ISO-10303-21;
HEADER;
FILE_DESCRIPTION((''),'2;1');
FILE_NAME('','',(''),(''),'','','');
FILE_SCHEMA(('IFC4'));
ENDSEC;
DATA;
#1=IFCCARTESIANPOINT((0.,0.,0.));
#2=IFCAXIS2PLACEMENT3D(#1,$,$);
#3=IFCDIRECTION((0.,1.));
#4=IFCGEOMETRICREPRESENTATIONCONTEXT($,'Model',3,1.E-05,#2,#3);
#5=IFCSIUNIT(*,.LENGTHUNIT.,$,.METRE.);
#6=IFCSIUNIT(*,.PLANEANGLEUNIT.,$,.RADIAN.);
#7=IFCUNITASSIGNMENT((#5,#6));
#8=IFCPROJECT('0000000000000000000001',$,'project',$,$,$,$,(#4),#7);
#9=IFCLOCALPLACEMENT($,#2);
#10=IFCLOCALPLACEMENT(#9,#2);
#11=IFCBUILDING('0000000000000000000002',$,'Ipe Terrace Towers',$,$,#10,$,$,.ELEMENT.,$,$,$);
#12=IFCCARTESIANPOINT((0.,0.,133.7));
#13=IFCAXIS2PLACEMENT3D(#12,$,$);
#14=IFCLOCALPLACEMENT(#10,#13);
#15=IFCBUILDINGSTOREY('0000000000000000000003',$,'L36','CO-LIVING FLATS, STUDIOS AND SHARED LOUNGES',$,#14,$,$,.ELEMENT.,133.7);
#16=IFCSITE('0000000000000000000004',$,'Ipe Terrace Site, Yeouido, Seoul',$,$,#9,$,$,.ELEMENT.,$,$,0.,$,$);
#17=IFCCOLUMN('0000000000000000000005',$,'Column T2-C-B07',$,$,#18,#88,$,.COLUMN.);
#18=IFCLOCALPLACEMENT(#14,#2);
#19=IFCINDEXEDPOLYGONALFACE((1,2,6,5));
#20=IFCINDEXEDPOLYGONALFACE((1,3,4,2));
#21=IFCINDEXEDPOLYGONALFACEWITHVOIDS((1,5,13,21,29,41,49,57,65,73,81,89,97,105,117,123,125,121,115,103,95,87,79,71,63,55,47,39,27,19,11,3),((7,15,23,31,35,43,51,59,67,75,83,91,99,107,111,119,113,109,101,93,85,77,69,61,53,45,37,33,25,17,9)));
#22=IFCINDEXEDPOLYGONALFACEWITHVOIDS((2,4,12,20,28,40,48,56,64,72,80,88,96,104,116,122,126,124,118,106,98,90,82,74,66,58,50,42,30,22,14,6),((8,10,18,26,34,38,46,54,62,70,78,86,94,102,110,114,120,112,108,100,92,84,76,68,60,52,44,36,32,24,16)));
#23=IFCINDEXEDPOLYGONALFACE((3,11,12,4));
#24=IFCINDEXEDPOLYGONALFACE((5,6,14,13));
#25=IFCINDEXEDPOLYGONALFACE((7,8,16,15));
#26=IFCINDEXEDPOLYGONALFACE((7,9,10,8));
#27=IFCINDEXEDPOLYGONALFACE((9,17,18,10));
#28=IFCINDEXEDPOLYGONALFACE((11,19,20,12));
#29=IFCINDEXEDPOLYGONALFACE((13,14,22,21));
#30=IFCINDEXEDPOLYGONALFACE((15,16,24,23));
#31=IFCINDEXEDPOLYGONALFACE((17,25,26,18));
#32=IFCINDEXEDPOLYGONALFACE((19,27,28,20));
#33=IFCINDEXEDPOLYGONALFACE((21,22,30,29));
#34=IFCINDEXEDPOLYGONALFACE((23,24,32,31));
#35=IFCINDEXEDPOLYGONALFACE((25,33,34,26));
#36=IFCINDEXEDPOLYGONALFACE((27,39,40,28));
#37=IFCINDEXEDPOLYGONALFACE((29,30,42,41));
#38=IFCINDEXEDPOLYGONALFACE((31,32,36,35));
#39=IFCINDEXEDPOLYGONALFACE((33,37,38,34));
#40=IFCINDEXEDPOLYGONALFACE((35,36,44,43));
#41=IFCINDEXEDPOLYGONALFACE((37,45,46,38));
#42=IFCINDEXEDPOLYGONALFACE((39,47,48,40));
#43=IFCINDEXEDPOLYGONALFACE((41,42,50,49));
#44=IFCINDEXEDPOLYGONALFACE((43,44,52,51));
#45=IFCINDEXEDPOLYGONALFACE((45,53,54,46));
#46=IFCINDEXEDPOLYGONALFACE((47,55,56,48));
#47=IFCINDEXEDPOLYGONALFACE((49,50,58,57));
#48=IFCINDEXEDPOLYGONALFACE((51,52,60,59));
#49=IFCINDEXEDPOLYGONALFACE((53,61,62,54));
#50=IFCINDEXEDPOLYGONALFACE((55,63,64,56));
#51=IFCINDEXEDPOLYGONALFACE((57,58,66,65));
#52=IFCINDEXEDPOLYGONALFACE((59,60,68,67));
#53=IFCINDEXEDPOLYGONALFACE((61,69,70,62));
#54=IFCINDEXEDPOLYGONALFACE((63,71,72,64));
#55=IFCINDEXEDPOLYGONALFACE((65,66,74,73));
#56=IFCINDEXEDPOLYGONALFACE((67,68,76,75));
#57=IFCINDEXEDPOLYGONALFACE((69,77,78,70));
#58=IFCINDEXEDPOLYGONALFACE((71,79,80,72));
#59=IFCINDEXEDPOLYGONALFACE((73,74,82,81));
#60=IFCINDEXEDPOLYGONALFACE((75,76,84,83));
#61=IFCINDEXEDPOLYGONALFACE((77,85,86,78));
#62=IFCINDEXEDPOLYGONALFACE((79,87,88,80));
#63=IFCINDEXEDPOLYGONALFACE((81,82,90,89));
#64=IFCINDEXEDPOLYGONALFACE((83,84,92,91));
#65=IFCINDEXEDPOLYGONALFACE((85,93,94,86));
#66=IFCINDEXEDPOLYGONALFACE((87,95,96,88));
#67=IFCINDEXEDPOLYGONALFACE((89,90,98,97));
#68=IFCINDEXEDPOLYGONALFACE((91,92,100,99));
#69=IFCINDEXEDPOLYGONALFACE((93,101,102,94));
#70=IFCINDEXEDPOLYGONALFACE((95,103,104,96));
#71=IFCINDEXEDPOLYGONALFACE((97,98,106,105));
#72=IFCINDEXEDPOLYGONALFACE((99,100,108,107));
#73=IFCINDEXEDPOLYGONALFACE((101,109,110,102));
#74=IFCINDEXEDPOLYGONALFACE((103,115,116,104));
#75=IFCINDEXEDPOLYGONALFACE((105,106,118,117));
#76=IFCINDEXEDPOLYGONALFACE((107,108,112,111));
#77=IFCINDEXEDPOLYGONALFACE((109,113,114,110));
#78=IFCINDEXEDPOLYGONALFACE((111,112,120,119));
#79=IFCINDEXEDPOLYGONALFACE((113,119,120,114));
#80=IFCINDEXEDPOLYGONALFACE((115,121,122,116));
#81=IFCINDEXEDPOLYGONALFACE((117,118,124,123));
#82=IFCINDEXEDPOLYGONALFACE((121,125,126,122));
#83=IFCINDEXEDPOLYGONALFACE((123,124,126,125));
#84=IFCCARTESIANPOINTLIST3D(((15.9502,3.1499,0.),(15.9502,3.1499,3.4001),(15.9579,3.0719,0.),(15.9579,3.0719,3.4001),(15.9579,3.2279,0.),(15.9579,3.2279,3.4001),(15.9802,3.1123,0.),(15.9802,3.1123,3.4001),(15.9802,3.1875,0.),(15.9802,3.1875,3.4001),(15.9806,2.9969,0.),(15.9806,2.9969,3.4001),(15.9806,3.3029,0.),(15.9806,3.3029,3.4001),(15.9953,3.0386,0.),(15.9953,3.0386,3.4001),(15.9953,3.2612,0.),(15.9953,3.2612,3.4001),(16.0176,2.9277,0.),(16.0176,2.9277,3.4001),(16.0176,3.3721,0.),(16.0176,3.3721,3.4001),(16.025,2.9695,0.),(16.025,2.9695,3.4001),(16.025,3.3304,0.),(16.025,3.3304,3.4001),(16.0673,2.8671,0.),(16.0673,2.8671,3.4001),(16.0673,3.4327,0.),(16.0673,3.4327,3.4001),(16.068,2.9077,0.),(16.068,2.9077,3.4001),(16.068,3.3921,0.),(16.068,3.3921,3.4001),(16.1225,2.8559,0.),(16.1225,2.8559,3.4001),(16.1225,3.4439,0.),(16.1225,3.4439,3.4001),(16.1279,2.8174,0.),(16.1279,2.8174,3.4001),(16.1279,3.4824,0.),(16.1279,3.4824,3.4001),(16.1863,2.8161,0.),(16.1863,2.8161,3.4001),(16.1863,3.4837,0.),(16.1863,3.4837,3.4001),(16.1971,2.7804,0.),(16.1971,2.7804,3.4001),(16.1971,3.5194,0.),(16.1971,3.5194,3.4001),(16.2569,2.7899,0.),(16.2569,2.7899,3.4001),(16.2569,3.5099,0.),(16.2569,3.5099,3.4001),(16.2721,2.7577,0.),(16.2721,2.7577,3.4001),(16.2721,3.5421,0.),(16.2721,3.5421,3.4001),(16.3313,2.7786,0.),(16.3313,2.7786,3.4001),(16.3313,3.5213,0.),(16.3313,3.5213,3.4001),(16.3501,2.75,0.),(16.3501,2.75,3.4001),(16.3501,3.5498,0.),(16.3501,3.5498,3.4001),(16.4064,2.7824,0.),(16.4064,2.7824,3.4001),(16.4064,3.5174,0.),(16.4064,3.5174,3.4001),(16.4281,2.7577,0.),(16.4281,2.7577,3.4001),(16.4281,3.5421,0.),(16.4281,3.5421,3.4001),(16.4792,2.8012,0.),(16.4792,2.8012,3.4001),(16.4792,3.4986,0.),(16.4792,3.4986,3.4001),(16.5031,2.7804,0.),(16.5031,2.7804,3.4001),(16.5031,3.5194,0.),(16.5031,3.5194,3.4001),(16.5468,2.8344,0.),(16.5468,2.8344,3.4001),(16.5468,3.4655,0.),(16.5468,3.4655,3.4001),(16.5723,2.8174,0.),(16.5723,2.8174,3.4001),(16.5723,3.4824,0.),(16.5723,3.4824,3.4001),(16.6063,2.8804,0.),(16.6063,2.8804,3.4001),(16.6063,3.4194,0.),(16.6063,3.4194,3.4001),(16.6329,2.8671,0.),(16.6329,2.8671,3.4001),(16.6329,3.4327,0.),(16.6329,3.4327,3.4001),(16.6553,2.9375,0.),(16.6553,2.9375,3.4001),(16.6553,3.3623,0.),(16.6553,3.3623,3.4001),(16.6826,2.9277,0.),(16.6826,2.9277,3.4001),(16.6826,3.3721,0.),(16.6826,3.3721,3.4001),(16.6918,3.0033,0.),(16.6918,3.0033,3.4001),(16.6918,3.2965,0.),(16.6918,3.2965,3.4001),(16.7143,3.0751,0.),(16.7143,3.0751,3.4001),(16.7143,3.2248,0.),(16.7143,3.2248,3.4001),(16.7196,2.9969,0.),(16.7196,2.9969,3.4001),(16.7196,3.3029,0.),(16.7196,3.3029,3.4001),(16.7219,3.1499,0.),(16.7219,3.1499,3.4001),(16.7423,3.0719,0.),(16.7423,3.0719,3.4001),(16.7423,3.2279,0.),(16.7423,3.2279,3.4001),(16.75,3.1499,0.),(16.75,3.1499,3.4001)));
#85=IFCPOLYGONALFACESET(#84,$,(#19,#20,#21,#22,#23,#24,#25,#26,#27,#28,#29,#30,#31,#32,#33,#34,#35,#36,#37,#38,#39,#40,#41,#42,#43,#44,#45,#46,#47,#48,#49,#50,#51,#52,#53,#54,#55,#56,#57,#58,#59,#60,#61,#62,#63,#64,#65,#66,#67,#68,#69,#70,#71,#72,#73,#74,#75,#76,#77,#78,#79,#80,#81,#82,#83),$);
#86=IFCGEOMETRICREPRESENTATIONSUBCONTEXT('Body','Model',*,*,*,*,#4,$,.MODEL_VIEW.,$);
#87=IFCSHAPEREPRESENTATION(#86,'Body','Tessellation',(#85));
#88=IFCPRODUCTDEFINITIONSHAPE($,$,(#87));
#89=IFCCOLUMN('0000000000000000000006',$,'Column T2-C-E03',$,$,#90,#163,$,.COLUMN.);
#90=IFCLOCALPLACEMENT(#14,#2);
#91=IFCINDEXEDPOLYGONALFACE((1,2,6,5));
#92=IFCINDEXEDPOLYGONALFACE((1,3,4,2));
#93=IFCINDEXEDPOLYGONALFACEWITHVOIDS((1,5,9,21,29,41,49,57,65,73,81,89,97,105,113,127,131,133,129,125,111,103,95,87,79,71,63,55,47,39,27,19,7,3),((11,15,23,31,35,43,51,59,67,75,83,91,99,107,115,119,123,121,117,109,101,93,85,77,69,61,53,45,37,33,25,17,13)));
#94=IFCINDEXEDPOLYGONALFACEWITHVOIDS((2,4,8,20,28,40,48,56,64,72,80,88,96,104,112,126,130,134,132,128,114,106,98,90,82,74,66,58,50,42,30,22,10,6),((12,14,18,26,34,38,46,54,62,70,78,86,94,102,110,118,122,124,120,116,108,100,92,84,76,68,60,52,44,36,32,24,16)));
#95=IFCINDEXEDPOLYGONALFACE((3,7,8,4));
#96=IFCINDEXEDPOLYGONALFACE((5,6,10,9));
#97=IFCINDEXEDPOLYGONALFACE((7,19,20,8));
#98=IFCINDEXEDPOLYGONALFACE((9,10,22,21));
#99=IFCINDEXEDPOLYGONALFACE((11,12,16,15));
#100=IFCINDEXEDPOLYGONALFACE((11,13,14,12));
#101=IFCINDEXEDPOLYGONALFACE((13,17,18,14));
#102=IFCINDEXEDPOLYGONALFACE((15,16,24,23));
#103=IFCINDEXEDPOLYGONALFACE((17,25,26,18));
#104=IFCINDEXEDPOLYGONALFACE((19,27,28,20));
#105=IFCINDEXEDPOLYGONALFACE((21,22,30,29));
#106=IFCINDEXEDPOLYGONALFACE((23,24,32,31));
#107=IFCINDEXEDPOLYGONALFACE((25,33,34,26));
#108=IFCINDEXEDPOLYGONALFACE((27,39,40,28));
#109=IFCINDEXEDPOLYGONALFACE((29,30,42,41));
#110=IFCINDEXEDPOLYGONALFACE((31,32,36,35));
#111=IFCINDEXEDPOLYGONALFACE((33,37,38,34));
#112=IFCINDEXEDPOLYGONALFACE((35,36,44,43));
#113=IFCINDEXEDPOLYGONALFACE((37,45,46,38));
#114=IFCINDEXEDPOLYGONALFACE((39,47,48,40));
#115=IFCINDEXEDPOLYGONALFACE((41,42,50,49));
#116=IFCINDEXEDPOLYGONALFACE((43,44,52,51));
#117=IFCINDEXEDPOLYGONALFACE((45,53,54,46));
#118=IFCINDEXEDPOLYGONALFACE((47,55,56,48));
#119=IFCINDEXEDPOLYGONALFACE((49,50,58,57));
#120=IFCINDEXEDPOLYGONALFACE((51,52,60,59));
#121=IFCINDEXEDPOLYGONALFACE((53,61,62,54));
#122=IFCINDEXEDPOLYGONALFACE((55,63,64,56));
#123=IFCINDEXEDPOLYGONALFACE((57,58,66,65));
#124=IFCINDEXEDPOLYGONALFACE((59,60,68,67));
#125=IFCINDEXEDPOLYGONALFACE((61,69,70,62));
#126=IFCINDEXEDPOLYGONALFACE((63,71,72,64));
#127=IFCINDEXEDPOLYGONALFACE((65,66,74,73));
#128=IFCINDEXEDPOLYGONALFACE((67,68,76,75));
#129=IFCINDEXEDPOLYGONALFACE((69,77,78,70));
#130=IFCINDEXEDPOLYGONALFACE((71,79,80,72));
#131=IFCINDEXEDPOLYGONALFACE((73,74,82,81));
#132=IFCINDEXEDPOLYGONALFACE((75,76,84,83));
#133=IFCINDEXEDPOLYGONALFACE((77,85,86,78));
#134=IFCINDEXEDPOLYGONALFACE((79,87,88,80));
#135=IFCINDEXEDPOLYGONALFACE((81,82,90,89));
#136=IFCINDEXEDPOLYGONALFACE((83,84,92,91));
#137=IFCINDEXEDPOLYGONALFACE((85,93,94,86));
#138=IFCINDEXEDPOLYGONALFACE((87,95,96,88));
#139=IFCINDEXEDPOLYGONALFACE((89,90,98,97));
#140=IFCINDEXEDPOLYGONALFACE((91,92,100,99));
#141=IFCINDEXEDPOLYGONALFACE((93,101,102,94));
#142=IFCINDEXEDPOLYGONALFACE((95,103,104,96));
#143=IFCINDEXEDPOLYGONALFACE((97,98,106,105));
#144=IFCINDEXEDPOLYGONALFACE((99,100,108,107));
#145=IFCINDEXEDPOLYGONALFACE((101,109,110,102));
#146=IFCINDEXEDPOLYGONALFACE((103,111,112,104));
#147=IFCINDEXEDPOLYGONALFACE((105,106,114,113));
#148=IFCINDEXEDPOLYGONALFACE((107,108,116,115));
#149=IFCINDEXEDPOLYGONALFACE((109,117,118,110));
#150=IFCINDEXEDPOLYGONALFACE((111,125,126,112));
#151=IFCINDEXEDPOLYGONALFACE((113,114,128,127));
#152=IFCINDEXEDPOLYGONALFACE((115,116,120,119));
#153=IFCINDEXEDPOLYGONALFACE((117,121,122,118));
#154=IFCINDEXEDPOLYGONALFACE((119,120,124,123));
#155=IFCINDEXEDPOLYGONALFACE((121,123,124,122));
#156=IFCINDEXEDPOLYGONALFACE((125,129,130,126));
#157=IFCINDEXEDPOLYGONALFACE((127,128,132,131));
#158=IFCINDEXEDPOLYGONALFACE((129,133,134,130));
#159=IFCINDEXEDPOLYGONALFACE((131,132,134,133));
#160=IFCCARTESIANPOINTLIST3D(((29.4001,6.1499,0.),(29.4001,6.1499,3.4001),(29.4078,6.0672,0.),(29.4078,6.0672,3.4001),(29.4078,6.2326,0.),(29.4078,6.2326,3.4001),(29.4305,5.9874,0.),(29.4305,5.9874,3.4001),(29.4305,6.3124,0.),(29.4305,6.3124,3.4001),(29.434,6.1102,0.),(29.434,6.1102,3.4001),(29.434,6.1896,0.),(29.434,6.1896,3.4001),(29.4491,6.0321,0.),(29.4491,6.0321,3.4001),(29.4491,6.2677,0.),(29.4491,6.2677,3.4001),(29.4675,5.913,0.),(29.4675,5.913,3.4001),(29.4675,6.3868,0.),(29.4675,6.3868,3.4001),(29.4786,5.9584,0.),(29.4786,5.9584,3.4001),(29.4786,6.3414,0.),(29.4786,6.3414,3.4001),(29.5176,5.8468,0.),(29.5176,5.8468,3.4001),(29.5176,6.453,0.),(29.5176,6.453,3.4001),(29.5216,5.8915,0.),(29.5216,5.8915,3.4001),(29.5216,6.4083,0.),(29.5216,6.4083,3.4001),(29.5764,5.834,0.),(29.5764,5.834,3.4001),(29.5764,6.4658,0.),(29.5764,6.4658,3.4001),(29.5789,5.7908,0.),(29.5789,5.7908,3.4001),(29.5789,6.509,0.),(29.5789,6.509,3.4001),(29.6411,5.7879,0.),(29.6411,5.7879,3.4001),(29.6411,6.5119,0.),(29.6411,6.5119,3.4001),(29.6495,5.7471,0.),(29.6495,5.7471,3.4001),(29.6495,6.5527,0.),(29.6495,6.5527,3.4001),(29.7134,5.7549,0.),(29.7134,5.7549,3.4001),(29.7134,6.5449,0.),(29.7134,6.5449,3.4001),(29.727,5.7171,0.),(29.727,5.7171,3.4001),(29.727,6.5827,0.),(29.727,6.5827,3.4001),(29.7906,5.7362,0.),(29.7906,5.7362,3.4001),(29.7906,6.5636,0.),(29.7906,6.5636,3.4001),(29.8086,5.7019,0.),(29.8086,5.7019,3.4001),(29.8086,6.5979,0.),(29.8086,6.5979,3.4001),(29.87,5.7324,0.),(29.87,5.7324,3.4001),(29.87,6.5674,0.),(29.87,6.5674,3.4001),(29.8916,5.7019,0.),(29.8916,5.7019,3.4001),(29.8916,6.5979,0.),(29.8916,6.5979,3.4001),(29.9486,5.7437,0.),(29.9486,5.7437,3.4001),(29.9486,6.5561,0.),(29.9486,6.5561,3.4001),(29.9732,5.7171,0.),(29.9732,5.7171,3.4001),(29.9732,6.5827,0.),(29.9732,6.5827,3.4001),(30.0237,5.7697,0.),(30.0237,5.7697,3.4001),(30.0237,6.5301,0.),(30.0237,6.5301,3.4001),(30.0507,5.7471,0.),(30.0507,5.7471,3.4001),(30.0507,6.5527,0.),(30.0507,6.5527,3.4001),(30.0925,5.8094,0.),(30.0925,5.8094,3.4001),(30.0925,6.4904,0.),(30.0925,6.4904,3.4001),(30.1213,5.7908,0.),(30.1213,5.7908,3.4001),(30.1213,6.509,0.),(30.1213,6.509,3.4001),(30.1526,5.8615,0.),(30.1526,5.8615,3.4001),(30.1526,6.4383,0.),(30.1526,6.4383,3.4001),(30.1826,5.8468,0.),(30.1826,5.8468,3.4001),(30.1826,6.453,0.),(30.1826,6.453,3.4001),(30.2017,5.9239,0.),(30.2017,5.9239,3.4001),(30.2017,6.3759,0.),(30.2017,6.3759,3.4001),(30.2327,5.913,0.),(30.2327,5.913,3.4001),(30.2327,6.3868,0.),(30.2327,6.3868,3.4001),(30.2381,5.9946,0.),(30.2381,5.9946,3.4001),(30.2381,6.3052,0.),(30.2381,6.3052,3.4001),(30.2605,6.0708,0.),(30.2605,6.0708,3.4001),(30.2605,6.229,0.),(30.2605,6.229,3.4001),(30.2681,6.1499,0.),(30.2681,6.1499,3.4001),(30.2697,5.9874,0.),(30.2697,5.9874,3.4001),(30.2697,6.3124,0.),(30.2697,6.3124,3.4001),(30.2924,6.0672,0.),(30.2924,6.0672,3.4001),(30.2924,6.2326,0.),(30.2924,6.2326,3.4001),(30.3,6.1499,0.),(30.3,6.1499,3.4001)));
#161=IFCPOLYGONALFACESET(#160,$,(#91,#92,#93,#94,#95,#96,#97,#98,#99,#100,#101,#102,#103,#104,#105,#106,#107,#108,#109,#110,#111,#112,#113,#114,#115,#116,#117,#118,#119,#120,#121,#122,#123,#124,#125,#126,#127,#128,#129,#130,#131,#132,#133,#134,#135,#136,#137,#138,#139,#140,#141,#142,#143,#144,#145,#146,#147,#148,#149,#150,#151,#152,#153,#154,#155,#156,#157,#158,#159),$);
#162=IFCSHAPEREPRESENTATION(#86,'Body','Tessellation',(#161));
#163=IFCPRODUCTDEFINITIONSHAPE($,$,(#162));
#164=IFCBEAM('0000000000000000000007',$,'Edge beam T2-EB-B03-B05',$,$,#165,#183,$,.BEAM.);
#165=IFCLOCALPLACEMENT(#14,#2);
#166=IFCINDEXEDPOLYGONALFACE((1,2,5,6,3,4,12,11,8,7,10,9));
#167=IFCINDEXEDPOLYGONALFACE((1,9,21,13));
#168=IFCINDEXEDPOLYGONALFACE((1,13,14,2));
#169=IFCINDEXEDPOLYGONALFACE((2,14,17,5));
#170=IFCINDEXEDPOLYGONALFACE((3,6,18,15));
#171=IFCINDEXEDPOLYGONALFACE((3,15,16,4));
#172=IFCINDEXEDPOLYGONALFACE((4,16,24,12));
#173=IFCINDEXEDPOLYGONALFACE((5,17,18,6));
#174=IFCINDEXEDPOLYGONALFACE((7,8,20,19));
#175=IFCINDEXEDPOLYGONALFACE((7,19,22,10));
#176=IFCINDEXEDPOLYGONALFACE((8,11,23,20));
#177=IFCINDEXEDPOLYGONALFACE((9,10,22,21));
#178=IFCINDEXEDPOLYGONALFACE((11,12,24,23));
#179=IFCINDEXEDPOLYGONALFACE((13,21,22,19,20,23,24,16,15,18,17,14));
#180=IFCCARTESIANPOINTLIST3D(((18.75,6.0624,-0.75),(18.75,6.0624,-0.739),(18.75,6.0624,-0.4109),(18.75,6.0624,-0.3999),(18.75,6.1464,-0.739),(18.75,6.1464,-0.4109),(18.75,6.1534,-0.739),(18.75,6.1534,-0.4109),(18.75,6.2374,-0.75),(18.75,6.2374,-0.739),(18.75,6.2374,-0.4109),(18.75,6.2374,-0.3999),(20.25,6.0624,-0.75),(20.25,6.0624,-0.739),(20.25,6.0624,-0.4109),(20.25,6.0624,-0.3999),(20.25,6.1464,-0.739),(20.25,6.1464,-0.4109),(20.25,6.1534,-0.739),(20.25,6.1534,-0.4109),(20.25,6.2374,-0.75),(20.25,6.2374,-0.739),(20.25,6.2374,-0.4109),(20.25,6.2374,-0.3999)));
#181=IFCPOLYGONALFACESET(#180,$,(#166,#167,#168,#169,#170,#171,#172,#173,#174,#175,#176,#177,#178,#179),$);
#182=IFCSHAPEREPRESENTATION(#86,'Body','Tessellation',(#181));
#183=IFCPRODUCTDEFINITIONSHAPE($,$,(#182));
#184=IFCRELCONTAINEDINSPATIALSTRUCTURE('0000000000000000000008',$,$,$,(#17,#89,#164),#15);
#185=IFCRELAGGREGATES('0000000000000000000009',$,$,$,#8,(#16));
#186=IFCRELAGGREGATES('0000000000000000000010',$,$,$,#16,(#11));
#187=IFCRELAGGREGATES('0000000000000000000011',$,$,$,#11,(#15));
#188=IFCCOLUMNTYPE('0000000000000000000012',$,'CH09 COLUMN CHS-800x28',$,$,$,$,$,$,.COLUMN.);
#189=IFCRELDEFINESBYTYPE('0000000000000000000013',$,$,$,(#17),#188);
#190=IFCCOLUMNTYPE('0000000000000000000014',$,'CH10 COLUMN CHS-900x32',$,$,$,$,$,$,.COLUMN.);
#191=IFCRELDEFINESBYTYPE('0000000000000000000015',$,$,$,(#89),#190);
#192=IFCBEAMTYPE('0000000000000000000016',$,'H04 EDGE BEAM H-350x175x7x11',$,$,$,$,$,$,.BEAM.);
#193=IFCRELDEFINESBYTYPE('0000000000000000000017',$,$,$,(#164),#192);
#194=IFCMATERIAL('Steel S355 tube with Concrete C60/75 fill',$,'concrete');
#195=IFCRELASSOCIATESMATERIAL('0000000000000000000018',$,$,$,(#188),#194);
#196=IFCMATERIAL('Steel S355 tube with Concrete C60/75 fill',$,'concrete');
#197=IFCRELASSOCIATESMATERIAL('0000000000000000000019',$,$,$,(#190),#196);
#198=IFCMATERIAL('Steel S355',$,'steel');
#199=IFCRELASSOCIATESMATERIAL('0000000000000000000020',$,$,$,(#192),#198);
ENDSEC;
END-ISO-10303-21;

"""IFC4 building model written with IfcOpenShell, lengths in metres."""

from ifc_helpers import new_model, si_unit, direction, frame, origin, origin_2d, place, context, subcontext, project, spatial, hollow_circle, i_section, extrude, material, material_profile, profile_set, type_object, element, save


model = new_model("IFC4")

# Units and contexts
model_context = context("Model", 3, precision=1e-05, world=origin(), true_north=direction((0.0, 1.0)))
body_context = subcontext(model_context, "Body", "Model", "MODEL_VIEW")
ifc_project = project(units=[si_unit("LENGTHUNIT", "METRE"), si_unit("PLANEANGLEUNIT", "RADIAN")], contexts=[model_context])

# Site, building, storey
site_placement = place(None, origin())
site = spatial("IfcSite", under=ifc_project, at=site_placement, Name="Ipe Terrace Site, Yeouido, Seoul", CompositionType="ELEMENT", RefElevation=0.0)
building_placement = place(site_placement, origin())
building = spatial("IfcBuilding", under=site, at=building_placement, Name="Ipe Terrace Towers", CompositionType="ELEMENT")
storey_placement = place(building_placement, frame((0.0, 0.0, 133.7)))
storey = spatial("IfcBuildingStorey", under=building, at=storey_placement, Name="L36", Description="CO-LIVING FLATS, STUDIOS AND SHARED LOUNGES", CompositionType="ELEMENT", Elevation=133.7)

# Columns
ifc_material_1 = material(Name="Steel S355 tube with Concrete C60/75 fill", Category="concrete")
ifc_material_profile_1 = material_profile(ifc_material_1, hollow_circle(Radius=0.3999, WallThickness=0.0281, at=origin_2d()), Name="CHS-800x28")
ifc_profile_set_1 = profile_set([ifc_material_profile_1], Name="Steel S355 tube with Concrete C60/75 fill")
column_type_1 = type_object("IfcColumnType", Name="CH09 COLUMN CHS-800x28", PredefinedType="COLUMN", material=ifc_profile_set_1)
for number, where, z_axis, x_axis, name in (
    (1, (16.3501, 3.1499, 0.0), (0.0, 0.0, 1.0), (1.0, 0.0, 0.0), "Column T2-C-B07"),
):
    element("IfcColumn", number, at=place(storey_placement, frame(where, z_axis=z_axis, x_axis=x_axis)), inside=storey, type_object=column_type_1, Name=name, PredefinedType="COLUMN", context=body_context, shape_type="SweptSolid", body=[
        extrude(hollow_circle(Radius=0.3999, WallThickness=0.0281, at=origin_2d()), origin(), (0.0, 0.0, 1.0), 3.4001),
    ])
ifc_material_2 = material(Name="Steel S355 tube with Concrete C60/75 fill", Category="concrete")
ifc_material_profile_2 = material_profile(ifc_material_2, hollow_circle(Radius=0.45, WallThickness=0.032, at=origin_2d()), Name="CHS-900x32")
ifc_profile_set_2 = profile_set([ifc_material_profile_2], Name="Steel S355 tube with Concrete C60/75 fill")
column_type_2 = type_object("IfcColumnType", Name="CH10 COLUMN CHS-900x32", PredefinedType="COLUMN", material=ifc_profile_set_2)
column_placement = place(storey_placement, frame((29.8501, 6.1499, 0.0), z_axis=(0.0, 0.0, 1.0), x_axis=(1.0, 0.0, 0.0)))
element("IfcColumn", 2, at=column_placement, inside=storey, type_object=column_type_2, Name="Column T2-C-E03", PredefinedType="COLUMN", context=body_context, shape_type="SweptSolid", body=[
    extrude(hollow_circle(Radius=0.45, WallThickness=0.032, at=origin_2d()), origin(), (0.0, 0.0, 1.0), 3.4001),
])

# Beam
ifc_material_3 = material(Name="Steel S355", Category="steel")
ifc_material_profile_3 = material_profile(ifc_material_3, i_section(OverallWidth=0.175, OverallDepth=0.3501, WebThickness=0.0071, FlangeThickness=0.011, at=origin_2d()), Name="H-350x175x7x11")
ifc_profile_set_3 = profile_set([ifc_material_profile_3], Name="Steel S355")
beam_type_1 = type_object("IfcBeamType", Name="H04 EDGE BEAM H-350x175x7x11", PredefinedType="BEAM", material=ifc_profile_set_3)
beam_1_placement = place(storey_placement, frame((20.25, 6.1499, -0.575), z_axis=(-1.0, 0.0, 0.0), x_axis=(0.0, -1.0, 0.0)))
element("IfcBeam", 3, at=beam_1_placement, inside=storey, type_object=beam_type_1, Name="Edge beam T2-EB-B03-B05", PredefinedType="BEAM", context=body_context, shape_type="SweptSolid", body=[
    extrude(i_section(OverallWidth=0.175, OverallDepth=0.3501, WebThickness=0.0071, FlangeThickness=0.011, at=origin_2d()), origin(), (0.0, 0.0, 1.0), 1.5),
])

save(model, "model.ifc")
